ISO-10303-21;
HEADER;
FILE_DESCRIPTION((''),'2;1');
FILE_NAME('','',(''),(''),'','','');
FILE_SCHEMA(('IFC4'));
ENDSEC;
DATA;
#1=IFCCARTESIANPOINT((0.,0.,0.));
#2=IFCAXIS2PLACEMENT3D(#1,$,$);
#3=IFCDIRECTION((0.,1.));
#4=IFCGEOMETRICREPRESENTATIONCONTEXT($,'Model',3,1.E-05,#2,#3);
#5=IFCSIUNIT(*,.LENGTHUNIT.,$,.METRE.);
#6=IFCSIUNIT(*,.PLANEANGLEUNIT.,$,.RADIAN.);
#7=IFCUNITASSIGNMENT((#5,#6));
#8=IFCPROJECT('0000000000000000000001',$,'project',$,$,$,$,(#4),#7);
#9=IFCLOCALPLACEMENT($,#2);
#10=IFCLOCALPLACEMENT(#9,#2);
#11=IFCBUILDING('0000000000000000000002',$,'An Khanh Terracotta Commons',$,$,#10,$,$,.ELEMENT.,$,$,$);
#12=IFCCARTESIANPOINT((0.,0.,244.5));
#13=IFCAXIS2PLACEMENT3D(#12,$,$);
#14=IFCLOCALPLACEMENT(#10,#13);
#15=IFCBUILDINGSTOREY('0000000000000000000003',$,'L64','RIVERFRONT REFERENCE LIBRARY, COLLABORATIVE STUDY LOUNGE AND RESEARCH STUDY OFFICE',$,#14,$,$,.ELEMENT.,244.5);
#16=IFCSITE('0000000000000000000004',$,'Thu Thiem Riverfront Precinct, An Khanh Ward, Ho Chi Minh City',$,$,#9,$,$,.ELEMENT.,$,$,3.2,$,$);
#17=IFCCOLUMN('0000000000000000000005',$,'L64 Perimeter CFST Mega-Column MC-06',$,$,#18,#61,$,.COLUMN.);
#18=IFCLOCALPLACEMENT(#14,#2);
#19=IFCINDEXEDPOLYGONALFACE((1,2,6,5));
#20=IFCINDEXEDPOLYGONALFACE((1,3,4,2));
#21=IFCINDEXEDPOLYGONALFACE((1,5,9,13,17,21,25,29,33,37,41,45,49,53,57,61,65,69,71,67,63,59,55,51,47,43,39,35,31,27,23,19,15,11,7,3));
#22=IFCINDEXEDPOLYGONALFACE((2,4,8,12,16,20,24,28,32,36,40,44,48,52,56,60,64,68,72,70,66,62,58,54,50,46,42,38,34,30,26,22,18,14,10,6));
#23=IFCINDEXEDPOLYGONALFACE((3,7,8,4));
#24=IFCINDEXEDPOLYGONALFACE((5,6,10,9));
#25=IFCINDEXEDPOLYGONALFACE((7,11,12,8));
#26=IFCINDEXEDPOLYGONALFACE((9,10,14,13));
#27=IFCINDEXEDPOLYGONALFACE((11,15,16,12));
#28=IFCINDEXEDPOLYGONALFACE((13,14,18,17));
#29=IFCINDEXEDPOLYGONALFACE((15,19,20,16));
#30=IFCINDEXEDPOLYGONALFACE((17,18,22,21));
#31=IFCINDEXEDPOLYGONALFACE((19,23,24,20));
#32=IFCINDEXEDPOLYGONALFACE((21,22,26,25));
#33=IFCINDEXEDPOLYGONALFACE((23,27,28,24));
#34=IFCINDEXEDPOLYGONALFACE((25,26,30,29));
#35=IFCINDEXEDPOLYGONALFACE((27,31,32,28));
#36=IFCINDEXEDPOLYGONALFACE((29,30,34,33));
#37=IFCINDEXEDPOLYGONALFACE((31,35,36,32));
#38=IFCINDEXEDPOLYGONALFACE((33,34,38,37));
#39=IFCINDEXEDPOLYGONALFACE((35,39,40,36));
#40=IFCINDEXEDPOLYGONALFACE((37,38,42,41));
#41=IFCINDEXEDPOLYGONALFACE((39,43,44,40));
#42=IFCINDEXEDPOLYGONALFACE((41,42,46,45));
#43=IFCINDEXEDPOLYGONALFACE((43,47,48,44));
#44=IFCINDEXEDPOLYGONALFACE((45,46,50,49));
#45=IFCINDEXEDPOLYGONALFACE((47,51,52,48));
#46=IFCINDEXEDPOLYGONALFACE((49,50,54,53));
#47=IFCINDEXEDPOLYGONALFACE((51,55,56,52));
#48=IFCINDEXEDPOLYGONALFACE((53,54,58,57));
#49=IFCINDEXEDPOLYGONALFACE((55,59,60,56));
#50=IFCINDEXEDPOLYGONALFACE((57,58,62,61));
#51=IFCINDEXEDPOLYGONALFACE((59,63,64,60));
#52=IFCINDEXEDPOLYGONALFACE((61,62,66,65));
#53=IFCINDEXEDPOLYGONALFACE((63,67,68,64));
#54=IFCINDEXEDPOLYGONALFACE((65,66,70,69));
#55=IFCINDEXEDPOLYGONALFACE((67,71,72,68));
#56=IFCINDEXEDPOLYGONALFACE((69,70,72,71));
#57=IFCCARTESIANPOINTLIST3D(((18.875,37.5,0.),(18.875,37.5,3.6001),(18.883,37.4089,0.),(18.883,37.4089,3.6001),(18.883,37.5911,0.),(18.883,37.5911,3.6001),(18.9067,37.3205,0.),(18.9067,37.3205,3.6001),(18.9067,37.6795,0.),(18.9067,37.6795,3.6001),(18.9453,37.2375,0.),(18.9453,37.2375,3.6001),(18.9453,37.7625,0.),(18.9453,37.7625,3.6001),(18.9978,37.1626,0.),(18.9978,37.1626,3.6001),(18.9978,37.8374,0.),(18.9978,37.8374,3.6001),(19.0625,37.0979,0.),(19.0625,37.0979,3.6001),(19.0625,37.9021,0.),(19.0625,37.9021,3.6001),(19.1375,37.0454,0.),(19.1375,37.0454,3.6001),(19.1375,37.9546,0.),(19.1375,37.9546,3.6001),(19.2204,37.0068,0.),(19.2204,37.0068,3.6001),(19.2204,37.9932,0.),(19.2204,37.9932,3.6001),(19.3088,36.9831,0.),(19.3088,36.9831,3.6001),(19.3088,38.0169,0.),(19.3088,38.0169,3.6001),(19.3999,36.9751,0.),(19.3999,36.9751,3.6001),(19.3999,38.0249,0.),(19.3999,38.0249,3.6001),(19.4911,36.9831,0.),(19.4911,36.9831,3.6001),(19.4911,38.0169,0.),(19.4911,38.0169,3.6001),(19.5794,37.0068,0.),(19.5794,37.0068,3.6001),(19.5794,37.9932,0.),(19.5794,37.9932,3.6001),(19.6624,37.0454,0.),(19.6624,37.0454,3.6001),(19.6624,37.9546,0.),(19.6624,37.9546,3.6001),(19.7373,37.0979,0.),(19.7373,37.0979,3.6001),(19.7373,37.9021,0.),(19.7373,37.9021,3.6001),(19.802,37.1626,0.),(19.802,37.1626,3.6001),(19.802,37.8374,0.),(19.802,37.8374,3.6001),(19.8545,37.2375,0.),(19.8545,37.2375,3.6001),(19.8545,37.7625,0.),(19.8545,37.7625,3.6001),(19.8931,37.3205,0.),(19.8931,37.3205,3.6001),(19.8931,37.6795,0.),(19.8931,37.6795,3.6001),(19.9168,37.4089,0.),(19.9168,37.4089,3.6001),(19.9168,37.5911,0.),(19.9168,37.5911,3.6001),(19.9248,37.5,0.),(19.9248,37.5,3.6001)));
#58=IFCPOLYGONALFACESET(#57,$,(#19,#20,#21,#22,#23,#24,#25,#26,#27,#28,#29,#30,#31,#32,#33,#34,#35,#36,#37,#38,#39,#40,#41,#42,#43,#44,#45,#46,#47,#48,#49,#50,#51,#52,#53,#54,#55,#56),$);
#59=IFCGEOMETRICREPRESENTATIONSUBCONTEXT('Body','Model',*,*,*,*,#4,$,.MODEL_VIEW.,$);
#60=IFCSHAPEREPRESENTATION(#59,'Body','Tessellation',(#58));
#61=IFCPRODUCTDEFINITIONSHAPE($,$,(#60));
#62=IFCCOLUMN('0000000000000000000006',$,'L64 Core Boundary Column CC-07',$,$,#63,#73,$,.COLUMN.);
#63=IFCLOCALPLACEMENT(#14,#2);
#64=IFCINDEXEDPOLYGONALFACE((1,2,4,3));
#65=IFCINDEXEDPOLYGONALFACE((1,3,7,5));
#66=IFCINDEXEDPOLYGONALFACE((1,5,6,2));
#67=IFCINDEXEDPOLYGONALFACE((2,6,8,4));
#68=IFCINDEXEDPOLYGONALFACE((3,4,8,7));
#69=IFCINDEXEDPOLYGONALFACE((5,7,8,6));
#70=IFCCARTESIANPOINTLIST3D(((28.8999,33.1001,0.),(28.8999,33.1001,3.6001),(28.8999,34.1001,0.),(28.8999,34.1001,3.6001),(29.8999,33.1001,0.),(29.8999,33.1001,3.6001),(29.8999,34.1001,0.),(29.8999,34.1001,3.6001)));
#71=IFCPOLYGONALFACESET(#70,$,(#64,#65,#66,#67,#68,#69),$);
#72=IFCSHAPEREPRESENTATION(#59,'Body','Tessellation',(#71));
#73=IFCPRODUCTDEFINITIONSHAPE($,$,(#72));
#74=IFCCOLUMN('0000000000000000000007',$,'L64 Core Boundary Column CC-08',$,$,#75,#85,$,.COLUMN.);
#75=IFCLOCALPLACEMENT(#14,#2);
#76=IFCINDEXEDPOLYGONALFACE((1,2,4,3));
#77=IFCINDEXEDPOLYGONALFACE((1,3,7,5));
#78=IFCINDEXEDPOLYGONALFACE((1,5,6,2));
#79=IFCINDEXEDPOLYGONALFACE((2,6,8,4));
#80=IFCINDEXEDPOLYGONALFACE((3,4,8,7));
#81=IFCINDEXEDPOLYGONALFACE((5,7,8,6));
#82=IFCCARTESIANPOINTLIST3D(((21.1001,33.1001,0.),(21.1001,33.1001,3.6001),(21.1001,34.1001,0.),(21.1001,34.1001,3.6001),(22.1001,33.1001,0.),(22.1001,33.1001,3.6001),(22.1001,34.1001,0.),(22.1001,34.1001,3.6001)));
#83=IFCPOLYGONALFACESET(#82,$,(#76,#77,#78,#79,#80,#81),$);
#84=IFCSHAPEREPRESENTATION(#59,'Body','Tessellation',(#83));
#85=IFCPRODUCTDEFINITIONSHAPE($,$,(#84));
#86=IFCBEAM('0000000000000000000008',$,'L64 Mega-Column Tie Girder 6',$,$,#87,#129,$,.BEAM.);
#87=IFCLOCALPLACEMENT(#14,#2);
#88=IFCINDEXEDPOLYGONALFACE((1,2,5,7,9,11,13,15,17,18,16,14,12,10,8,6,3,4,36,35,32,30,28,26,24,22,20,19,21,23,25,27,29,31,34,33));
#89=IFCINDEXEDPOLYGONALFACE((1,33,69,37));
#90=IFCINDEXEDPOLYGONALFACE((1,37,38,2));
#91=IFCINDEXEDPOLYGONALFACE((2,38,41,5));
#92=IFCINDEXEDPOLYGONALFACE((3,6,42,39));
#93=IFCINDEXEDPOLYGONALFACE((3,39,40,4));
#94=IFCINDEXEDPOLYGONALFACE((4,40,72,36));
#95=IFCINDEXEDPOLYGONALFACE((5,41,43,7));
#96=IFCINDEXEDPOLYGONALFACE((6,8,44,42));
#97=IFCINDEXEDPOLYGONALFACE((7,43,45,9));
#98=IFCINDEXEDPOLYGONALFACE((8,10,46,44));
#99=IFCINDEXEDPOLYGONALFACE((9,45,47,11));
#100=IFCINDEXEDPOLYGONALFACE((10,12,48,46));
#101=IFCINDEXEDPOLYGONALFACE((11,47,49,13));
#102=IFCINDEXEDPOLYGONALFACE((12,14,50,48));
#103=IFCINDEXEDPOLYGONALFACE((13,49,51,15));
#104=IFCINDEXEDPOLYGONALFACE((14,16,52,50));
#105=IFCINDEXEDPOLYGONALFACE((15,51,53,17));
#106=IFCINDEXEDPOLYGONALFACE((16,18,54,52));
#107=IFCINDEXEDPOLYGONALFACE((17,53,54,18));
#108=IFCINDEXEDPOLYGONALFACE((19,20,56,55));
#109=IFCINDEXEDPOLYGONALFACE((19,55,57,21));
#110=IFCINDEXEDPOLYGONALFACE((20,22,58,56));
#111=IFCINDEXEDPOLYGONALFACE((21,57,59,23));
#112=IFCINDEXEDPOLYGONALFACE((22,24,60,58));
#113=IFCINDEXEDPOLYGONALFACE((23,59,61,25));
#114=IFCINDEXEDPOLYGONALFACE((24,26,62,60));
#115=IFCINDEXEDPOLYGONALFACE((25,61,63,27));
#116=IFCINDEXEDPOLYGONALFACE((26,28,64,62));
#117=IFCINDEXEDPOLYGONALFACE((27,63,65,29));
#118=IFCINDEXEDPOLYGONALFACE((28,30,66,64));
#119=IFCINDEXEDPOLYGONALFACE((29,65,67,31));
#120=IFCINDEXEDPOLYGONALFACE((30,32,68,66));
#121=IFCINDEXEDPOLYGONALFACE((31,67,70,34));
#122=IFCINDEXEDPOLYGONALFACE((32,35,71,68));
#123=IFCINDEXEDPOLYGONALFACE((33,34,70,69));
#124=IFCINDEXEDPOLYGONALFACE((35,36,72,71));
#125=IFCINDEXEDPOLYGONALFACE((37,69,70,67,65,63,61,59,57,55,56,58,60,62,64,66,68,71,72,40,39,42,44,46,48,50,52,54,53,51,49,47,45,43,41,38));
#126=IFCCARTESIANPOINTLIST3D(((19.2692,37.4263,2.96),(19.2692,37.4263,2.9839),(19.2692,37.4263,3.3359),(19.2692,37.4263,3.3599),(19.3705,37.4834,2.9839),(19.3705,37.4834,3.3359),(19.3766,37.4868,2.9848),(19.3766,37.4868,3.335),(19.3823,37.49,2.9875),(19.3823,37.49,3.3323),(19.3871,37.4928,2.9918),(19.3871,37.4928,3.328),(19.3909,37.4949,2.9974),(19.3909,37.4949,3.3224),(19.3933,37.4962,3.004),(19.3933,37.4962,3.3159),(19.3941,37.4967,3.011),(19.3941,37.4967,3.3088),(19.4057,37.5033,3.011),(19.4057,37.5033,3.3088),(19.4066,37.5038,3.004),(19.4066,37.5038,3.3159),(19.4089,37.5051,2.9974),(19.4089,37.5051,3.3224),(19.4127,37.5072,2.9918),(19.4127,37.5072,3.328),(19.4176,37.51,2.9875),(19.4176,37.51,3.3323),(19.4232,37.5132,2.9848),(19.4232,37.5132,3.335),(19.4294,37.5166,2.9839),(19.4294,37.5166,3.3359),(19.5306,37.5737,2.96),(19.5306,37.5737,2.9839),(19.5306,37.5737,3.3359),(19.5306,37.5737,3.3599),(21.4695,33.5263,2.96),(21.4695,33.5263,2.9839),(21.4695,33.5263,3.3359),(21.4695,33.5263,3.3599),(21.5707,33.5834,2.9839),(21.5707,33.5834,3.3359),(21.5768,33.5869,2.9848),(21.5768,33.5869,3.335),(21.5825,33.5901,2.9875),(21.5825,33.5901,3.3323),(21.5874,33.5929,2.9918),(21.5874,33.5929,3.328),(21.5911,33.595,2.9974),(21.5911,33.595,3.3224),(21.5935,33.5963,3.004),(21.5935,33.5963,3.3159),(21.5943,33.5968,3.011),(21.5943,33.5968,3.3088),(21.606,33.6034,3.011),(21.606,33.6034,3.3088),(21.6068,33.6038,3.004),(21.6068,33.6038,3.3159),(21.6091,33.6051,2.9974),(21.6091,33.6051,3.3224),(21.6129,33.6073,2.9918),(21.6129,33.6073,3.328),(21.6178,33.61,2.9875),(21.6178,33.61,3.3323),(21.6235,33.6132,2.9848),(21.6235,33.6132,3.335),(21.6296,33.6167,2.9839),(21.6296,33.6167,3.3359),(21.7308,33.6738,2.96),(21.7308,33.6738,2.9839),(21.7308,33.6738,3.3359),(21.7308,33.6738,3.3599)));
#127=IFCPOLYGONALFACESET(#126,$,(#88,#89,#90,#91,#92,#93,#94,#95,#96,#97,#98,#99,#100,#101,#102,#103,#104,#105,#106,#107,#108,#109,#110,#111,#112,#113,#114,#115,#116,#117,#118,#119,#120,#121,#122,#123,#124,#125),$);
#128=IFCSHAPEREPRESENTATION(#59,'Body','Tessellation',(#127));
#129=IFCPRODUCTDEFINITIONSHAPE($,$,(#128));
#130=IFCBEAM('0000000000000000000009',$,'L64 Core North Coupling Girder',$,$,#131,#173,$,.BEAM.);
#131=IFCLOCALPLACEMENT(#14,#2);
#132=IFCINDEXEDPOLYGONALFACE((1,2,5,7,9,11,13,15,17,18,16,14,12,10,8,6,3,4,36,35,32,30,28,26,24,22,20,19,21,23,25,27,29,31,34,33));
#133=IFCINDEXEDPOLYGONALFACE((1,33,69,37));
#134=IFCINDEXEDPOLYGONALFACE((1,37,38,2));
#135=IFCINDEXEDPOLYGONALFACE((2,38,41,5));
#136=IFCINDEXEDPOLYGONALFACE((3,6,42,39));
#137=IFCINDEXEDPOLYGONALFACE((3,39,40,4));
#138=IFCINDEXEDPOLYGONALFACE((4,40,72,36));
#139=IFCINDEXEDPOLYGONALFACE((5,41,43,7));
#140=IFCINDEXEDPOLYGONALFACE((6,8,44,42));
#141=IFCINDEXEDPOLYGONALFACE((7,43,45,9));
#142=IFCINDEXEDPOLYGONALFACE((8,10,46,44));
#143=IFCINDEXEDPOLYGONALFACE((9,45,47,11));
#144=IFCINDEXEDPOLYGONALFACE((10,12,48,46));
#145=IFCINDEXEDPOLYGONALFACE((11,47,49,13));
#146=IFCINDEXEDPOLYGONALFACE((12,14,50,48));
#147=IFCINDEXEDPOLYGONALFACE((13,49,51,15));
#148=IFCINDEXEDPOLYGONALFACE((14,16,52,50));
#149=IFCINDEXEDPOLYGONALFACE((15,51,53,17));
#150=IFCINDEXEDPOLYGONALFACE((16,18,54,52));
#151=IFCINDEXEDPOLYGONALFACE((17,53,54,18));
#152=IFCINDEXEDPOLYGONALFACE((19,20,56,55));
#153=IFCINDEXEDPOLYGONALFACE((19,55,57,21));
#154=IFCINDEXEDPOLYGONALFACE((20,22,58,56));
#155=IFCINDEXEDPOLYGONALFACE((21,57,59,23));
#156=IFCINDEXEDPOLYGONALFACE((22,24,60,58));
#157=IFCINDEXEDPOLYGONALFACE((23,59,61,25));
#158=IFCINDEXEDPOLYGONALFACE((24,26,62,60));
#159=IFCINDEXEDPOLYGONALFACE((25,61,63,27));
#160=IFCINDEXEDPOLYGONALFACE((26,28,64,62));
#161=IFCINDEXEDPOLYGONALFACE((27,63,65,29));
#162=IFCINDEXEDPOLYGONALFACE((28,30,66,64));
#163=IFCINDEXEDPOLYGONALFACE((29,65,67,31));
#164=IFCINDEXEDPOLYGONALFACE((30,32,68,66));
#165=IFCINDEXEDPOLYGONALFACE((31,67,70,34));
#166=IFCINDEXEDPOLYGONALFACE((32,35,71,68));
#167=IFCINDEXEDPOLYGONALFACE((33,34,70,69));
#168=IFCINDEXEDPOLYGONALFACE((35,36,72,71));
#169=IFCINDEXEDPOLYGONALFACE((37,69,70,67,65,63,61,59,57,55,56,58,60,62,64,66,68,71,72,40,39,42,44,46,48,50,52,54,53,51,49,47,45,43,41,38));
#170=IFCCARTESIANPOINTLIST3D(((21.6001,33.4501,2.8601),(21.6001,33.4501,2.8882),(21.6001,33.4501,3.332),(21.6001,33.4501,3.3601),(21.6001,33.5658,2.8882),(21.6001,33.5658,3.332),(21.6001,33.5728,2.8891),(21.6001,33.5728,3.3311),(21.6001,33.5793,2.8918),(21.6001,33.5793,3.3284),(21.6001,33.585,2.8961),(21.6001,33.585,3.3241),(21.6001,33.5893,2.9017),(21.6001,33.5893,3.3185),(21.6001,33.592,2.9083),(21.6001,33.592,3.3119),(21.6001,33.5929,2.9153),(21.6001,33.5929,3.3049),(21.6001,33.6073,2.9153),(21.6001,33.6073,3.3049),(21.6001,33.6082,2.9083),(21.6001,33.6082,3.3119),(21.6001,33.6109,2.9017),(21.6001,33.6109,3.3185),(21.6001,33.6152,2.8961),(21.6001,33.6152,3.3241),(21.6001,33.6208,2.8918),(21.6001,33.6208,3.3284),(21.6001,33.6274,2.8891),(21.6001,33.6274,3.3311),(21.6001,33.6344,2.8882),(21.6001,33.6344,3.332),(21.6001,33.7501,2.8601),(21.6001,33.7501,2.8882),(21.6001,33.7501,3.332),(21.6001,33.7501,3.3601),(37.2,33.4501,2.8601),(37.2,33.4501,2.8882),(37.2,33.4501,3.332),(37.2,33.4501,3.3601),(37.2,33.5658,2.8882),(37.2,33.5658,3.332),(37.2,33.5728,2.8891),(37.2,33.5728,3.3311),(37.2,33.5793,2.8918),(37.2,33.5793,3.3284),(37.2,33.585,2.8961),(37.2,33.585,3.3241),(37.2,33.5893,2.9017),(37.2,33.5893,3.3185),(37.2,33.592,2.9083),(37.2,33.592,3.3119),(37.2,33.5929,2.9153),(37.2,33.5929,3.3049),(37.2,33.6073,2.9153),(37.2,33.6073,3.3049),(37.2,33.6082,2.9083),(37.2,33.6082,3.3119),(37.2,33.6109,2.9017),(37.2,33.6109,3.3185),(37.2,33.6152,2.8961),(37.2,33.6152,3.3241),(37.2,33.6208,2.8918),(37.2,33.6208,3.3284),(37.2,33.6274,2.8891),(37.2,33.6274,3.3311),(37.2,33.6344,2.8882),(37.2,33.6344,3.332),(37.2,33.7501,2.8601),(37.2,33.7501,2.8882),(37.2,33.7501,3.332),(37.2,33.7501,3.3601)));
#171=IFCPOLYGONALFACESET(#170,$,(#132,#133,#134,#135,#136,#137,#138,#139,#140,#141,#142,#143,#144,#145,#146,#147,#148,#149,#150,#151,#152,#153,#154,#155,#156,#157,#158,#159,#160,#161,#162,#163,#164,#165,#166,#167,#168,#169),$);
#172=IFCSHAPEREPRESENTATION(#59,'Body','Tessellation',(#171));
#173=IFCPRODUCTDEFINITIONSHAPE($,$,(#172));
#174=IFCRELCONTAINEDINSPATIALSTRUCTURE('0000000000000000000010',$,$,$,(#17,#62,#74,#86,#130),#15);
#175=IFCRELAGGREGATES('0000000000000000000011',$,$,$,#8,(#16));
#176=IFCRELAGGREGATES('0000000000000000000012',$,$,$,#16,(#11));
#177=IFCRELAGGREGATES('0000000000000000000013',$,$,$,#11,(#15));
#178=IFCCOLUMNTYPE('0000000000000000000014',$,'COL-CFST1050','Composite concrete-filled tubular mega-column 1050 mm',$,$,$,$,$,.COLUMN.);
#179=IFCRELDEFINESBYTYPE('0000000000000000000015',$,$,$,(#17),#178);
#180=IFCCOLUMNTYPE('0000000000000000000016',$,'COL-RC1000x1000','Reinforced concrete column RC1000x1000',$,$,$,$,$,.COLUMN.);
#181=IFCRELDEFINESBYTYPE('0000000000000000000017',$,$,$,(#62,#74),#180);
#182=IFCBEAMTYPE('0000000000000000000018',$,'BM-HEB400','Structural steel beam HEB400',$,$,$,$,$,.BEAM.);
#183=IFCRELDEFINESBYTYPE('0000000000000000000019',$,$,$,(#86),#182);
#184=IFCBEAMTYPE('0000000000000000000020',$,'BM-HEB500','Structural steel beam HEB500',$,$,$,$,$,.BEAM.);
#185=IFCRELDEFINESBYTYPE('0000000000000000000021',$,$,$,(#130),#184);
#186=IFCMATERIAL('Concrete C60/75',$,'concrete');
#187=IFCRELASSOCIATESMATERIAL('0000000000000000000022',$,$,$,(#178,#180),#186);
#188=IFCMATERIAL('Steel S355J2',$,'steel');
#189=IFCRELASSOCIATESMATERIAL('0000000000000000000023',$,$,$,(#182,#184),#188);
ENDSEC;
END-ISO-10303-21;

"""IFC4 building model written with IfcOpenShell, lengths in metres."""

from ifc_helpers import new_model, si_unit, direction, frame, origin, origin_2d, place, context, subcontext, project, spatial, rectangle, circle, i_section, extrude, material, material_profile, profile_set, type_object, element, save


model = new_model("IFC4")

# Units and contexts
model_context = context("Model", 3, precision=1e-05, world=origin(), true_north=direction((0.0, 1.0)))
body_context = subcontext(model_context, "Body", "Model", "MODEL_VIEW")
ifc_project = project(units=[si_unit("LENGTHUNIT", "METRE"), si_unit("PLANEANGLEUNIT", "RADIAN")], contexts=[model_context])

# Site, building, storey
site_placement = place(None, origin())
site = spatial("IfcSite", under=ifc_project, at=site_placement, Name="Thu Thiem Riverfront Precinct, An Khanh Ward, Ho Chi Minh City", CompositionType="ELEMENT", RefElevation=3.2)
building_placement = place(site_placement, origin())
building = spatial("IfcBuilding", under=site, at=building_placement, Name="An Khanh Terracotta Commons", CompositionType="ELEMENT")
storey_placement = place(building_placement, frame((0.0, 0.0, 244.5)))
storey = spatial("IfcBuildingStorey", under=building, at=storey_placement, Name="L64", Description="RIVERFRONT REFERENCE LIBRARY, COLLABORATIVE STUDY LOUNGE AND RESEARCH STUDY OFFICE", CompositionType="ELEMENT", Elevation=244.5)

# Columns
ifc_material_1 = material(Name="Concrete C60/75", Category="concrete")
ifc_material_profile_1 = material_profile(ifc_material_1, circle(Radius=0.5249, at=origin_2d()), Name="CFST1050")
ifc_profile_set_1 = profile_set([ifc_material_profile_1], Name="Concrete C60/75")
column_type_1 = type_object("IfcColumnType", Name="COL-CFST1050", Description="Composite concrete-filled tubular mega-column 1050 mm", PredefinedType="COLUMN", material=ifc_profile_set_1)
column_placement = place(storey_placement, frame((19.3999, 37.5, 0.0), z_axis=(0.0, 0.0, 1.0), x_axis=(1.0, 0.0, 0.0)))
element("IfcColumn", 1, at=column_placement, inside=storey, type_object=column_type_1, Name="L64 Perimeter CFST Mega-Column MC-06", PredefinedType="COLUMN", context=body_context, shape_type="SweptSolid", body=[
    extrude(circle(Radius=0.5249, at=origin_2d()), origin(), (0.0, 0.0, 1.0), 3.6001),
])
ifc_material_profile_2 = material_profile(ifc_material_1, rectangle(XDim=1.0, YDim=1.0, at=origin_2d()), Name="RC1000x1000")
ifc_profile_set_2 = profile_set([ifc_material_profile_2], Name="Concrete C60/75")
column_type_2 = type_object("IfcColumnType", Name="COL-RC1000x1000", Description="Reinforced concrete column RC1000x1000", PredefinedType="COLUMN", material=ifc_profile_set_2)
for number, where, z_axis, x_axis, name in (
    (2, (29.3999, 33.6001, 0.0), (0.0, 0.0, 1.0), (1.0, 0.0, 0.0), "L64 Core Boundary Column CC-07"),
    (3, (21.6001, 33.6001, 0.0), (0.0, 0.0, 1.0), (1.0, 0.0, 0.0), "L64 Core Boundary Column CC-08"),
):
    element("IfcColumn", number, at=place(storey_placement, frame(where, z_axis=z_axis, x_axis=x_axis)), inside=storey, type_object=column_type_2, Name=name, PredefinedType="COLUMN", context=body_context, shape_type="SweptSolid", body=[
        extrude(rectangle(XDim=1.0, YDim=1.0, at=origin_2d()), origin(), (0.0, 0.0, 1.0), 3.6001),
    ])

# Beams
ifc_material_2 = material(Name="Steel S355J2", Category="steel")
ifc_material_profile_3 = material_profile(ifc_material_2, i_section(OverallWidth=0.3, OverallDepth=0.3999, WebThickness=0.0134, FlangeThickness=0.0239, FilletRadius=0.0271, at=origin_2d()), Name="HEB400")
ifc_profile_set_3 = profile_set([ifc_material_profile_3], Name="Steel S355J2")
beam_type_1 = type_object("IfcBeamType", Name="BM-HEB400", Description="Structural steel beam HEB400", PredefinedType="BEAM", material=ifc_profile_set_3)
beam_1_placement = place(storey_placement, frame((19.3999, 37.5, 3.1599), z_axis=(0.491364, -0.870955, 0.0), x_axis=(0.870955, 0.491364, 0.0)))
element("IfcBeam", 4, at=beam_1_placement, inside=storey, type_object=beam_type_1, Name="L64 Mega-Column Tie Girder 6", PredefinedType="BEAM", context=body_context, shape_type="SweptSolid", body=[
    extrude(i_section(OverallWidth=0.3, OverallDepth=0.3999, WebThickness=0.0134, FlangeThickness=0.0239, FilletRadius=0.0271, at=origin_2d()), origin(), (0.0, 0.0, 1.0), 4.4778),
])
ifc_material_profile_4 = material_profile(ifc_material_2, i_section(OverallWidth=0.3, OverallDepth=0.5, WebThickness=0.0144, FlangeThickness=0.0281, FilletRadius=0.0271, at=origin_2d()), Name="HEB500")
ifc_profile_set_4 = profile_set([ifc_material_profile_4], Name="Steel S355J2")
beam_type_2 = type_object("IfcBeamType", Name="BM-HEB500", Description="Structural steel beam HEB500", PredefinedType="BEAM", material=ifc_profile_set_4)
beam_2_placement = place(storey_placement, frame((21.6001, 33.6001, 3.1101), z_axis=(1.0, 0.0, 0.0), x_axis=(0.0, 1.0, 0.0)))
element("IfcBeam", 5, at=beam_2_placement, inside=storey, type_object=beam_type_2, Name="L64 Core North Coupling Girder", PredefinedType="BEAM", context=body_context, shape_type="SweptSolid", body=[
    extrude(i_section(OverallWidth=0.3, OverallDepth=0.5, WebThickness=0.0144, FlangeThickness=0.0281, FilletRadius=0.0271, at=origin_2d()), origin(), (0.0, 0.0, 1.0), 15.5999),
])

save(model, "model.ifc")
